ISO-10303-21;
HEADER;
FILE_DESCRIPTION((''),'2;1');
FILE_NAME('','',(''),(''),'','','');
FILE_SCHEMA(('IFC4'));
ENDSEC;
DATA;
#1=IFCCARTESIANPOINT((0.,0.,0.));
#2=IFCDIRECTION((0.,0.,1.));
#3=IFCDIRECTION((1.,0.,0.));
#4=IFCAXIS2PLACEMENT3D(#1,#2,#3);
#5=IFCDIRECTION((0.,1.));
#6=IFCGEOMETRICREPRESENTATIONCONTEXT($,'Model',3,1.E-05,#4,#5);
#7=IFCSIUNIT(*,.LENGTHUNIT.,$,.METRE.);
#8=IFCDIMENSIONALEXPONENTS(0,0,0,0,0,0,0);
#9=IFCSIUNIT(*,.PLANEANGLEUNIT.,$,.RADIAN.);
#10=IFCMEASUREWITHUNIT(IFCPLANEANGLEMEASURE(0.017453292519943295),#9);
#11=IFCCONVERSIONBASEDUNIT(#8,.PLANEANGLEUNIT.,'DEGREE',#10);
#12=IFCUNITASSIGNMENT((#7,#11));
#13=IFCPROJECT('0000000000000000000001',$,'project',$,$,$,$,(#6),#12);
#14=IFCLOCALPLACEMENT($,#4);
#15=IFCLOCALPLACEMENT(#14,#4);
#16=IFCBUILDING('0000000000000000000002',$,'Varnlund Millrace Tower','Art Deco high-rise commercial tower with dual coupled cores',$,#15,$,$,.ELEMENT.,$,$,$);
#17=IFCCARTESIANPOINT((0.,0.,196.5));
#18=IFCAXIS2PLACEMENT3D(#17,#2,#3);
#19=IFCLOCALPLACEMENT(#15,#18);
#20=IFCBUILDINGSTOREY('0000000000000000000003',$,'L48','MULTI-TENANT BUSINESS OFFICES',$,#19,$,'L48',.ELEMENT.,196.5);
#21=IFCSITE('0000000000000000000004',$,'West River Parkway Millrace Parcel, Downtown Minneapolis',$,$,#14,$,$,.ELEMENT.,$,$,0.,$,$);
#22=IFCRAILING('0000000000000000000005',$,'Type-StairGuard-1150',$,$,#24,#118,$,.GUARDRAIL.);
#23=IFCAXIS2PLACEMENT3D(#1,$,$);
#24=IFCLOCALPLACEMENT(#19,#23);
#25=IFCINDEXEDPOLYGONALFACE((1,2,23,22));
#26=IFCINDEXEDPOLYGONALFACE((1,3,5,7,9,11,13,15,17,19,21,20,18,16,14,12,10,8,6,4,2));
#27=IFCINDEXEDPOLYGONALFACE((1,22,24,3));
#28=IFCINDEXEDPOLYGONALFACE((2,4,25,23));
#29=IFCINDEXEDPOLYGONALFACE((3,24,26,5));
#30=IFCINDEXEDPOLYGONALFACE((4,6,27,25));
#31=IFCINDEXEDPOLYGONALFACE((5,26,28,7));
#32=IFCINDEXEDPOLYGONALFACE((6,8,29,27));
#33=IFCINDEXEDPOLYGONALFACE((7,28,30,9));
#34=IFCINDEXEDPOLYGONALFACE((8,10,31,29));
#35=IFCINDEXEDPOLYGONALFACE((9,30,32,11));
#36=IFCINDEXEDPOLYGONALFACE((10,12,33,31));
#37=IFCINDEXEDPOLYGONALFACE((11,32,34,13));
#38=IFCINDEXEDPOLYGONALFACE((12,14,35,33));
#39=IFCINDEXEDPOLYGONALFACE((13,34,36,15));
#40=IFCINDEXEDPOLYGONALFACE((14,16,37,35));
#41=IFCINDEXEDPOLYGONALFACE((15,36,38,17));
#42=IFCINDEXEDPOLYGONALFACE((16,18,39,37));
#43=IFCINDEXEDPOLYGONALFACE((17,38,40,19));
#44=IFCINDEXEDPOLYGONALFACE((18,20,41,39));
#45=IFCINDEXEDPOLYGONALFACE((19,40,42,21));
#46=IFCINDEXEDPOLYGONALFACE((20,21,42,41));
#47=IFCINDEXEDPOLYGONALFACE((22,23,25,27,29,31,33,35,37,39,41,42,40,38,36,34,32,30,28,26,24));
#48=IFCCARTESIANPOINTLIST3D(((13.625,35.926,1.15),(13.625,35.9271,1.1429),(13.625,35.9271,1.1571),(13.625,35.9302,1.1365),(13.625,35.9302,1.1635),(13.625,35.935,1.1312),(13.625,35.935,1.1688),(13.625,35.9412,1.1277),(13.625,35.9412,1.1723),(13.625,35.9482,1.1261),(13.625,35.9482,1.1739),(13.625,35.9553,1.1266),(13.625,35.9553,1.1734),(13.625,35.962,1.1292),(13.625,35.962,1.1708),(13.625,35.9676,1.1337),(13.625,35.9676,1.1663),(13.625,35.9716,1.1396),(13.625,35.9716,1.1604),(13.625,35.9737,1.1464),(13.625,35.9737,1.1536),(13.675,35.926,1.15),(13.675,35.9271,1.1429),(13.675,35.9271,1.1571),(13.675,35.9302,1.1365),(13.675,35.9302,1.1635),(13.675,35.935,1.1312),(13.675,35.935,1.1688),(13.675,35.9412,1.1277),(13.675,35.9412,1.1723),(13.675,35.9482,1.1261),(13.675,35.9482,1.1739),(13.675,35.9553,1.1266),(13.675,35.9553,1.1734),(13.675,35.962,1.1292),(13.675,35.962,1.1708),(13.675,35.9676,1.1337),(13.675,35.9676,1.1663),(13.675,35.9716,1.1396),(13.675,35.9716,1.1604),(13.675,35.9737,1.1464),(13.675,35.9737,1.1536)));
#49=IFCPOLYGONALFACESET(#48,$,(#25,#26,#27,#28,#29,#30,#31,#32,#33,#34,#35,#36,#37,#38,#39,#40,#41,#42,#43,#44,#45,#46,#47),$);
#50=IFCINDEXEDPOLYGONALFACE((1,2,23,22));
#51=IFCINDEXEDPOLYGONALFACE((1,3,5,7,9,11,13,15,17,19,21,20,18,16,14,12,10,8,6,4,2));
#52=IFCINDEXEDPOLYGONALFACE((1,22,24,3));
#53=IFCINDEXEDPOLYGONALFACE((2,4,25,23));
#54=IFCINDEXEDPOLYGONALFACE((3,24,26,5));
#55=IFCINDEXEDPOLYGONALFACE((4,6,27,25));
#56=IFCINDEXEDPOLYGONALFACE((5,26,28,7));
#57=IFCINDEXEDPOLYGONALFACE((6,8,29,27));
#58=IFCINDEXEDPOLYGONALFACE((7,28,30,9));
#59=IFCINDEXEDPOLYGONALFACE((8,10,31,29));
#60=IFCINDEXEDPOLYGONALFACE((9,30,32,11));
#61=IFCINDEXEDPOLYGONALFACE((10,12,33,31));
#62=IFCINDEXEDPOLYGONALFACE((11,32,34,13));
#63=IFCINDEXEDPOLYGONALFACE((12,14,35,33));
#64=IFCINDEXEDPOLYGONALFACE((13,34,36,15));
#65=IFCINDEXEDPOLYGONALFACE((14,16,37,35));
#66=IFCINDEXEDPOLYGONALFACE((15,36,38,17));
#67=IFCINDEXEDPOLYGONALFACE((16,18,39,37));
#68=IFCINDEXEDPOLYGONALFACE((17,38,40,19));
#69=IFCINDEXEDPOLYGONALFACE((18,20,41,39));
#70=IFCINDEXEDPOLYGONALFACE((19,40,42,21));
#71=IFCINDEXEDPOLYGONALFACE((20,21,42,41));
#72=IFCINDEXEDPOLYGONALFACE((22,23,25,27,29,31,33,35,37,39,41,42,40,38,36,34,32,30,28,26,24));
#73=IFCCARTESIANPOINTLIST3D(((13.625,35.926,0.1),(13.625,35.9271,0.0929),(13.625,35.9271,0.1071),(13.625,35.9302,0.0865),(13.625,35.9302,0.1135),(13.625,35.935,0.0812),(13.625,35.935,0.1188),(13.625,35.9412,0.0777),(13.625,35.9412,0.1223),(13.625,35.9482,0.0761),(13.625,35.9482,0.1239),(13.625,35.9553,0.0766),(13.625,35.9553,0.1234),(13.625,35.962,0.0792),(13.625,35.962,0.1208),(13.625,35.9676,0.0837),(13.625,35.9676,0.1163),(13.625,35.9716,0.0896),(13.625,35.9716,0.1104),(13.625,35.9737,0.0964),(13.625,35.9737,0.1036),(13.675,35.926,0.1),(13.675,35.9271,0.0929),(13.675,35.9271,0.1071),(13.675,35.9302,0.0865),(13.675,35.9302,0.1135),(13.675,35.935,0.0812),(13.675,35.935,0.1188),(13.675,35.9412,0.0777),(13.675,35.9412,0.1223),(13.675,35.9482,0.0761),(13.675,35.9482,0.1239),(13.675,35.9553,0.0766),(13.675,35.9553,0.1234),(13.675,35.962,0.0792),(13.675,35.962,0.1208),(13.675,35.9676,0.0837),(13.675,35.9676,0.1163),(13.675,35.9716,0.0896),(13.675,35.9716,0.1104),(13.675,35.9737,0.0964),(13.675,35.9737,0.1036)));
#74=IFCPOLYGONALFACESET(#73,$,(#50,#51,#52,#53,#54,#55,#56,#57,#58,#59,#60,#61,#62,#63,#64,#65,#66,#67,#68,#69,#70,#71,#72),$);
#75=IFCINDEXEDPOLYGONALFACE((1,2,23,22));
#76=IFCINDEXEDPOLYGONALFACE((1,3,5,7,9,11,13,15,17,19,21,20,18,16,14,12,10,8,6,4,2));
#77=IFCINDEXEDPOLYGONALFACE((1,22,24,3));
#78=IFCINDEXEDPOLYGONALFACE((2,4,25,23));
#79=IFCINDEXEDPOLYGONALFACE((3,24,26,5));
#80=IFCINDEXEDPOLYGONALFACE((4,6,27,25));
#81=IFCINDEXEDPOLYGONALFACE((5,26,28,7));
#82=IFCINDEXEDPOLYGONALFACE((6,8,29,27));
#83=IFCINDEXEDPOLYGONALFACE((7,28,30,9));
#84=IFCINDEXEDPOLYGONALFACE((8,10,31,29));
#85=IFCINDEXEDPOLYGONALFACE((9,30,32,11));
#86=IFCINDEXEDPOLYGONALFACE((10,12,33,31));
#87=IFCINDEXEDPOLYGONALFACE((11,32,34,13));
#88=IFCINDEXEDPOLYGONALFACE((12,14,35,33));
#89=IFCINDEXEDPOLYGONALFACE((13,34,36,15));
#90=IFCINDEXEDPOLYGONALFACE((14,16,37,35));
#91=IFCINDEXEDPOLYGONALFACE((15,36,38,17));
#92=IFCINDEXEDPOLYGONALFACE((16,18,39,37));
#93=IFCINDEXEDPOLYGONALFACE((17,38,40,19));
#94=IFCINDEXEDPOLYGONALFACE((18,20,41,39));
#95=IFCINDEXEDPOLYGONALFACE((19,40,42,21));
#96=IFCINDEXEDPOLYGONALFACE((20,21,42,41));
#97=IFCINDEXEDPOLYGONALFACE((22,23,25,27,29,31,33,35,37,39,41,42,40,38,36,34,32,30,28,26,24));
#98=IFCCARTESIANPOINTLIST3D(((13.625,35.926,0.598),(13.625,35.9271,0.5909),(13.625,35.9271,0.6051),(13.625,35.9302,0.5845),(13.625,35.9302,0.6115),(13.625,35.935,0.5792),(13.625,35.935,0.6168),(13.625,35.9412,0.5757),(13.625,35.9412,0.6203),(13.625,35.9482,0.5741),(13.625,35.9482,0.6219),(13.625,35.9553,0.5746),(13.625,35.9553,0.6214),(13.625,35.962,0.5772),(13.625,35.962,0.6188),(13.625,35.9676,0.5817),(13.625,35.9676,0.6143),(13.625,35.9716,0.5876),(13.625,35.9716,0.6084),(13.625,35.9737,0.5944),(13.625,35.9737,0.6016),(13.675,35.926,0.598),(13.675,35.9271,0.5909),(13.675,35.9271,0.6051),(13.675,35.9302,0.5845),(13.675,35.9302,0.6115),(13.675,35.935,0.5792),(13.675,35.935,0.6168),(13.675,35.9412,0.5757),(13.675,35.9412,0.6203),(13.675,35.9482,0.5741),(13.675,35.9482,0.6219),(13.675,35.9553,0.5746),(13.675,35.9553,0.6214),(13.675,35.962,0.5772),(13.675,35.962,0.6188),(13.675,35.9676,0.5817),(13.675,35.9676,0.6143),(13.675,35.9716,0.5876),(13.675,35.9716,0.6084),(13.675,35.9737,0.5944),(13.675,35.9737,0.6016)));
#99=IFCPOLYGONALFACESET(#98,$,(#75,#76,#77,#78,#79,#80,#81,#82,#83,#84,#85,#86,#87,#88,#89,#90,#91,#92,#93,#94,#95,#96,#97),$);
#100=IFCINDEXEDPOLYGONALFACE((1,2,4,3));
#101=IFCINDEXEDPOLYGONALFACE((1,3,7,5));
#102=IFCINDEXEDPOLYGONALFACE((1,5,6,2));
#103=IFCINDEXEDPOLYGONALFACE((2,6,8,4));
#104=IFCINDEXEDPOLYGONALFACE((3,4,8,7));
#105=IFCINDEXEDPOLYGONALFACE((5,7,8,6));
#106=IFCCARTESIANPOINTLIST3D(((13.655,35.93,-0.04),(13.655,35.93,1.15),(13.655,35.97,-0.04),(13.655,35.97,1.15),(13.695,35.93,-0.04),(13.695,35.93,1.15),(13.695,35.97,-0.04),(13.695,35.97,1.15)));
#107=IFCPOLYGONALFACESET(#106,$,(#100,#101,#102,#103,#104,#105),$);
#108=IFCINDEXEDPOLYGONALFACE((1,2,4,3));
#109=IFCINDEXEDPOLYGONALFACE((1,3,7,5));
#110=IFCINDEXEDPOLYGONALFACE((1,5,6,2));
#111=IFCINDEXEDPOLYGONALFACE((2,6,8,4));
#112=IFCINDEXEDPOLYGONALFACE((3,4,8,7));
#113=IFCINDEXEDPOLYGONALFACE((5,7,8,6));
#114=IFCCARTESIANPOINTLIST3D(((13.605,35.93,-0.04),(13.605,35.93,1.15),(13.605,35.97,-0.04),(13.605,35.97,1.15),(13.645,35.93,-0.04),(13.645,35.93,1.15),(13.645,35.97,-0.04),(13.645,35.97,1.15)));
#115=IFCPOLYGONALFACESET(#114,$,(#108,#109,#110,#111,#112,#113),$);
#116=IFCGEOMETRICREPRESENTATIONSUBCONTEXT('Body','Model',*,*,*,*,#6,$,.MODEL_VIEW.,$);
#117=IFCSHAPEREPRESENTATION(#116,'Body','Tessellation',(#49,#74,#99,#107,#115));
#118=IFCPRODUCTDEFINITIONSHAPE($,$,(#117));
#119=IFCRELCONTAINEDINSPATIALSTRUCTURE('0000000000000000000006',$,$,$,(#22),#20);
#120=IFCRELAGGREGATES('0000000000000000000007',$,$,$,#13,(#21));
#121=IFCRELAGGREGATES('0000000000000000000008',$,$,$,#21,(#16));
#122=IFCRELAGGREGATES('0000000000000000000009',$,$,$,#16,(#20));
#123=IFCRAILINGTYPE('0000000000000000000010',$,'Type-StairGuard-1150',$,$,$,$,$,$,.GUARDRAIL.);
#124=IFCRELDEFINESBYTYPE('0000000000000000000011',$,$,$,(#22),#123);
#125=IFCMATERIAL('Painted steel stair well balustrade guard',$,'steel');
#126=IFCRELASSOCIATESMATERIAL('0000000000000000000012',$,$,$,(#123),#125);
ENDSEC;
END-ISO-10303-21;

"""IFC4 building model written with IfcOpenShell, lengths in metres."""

from ifc_helpers import new_model, entity, si_unit, converted_unit, direction, frame, origin_with_axes, origin_2d_with_axis, place, context, subcontext, project, spatial, rectangle, circle, extrude, material, type_object, element, save


model = new_model("IFC4")

# Units and contexts
model_context = context("Model", 3, precision=1e-05, world=origin_with_axes(), true_north=direction((0.0, 1.0)))
body_context = subcontext(model_context, "Body", "Model", "MODEL_VIEW")
ifc_project = project(units=[si_unit("LENGTHUNIT", "METRE"), converted_unit("PLANEANGLEUNIT", "DEGREE", entity("IfcPlaneAngleMeasure", 0.017453292519943295), si_unit("PLANEANGLEUNIT", "RADIAN"), dimensions=[0, 0, 0, 0, 0, 0, 0])], contexts=[model_context])

# Site, building, storey
site_placement = place(None, origin_with_axes())
site = spatial("IfcSite", under=ifc_project, at=site_placement, Name="West River Parkway Millrace Parcel, Downtown Minneapolis", CompositionType="ELEMENT", RefElevation=0.0)
building_placement = place(site_placement, origin_with_axes())
building = spatial("IfcBuilding", under=site, at=building_placement, Name="Varnlund Millrace Tower", Description="Art Deco high-rise commercial tower with dual coupled cores", CompositionType="ELEMENT")
storey_placement = place(building_placement, frame((0.0, 0.0, 196.5), z_axis=(0.0, 0.0, 1.0), x_axis=(1.0, 0.0, 0.0)))
storey = spatial("IfcBuildingStorey", under=building, at=storey_placement, Name="L48", Description="MULTI-TENANT BUSINESS OFFICES", LongName="L48", CompositionType="ELEMENT", Elevation=196.5)

# Railing
ifc_material_1 = material(Name="Painted steel stair well balustrade guard", Category="steel")
railing_type_1 = type_object("IfcRailingType", Name="Type-StairGuard-1150", PredefinedType="GUARDRAIL", material=ifc_material_1)
railing_1_placement = place(storey_placement, frame((0.0, 0.0, -196.5), z_axis=(0.0, 0.0, 1.0), x_axis=(1.0, 0.0, 0.0)))
element("IfcRailing", 1, at=railing_1_placement, inside=storey, type_object=railing_type_1, Name="Type-StairGuard-1150", PredefinedType="GUARDRAIL", context=body_context, shape_type="SweptSolid", body=[
    extrude(circle(Radius=0.024, at=origin_2d_with_axis()), frame((13.675, 35.95, 197.65), z_axis=(-1.0, 0.0, 0.0), x_axis=(0.0, -1.0, 0.0)), (0.0, 0.0, 1.0), 0.05),
    extrude(circle(Radius=0.024, at=origin_2d_with_axis()), frame((13.675, 35.95, 196.6), z_axis=(-1.0, 0.0, 0.0), x_axis=(0.0, -1.0, 0.0)), (0.0, 0.0, 1.0), 0.05),
    extrude(circle(Radius=0.024, at=origin_2d_with_axis()), frame((13.675, 35.95, 197.098), z_axis=(-1.0, 0.0, 0.0), x_axis=(0.0, -1.0, 0.0)), (0.0, 0.0, 1.0), 0.05),
    extrude(rectangle(XDim=0.04, YDim=0.04, at=origin_2d_with_axis()), frame((13.675, 35.95, 196.46), z_axis=(0.0, 0.0, 1.0), x_axis=(1.0, 0.0, 0.0)), (0.0, 0.0, 1.0), 1.19),
    extrude(rectangle(XDim=0.04, YDim=0.04, at=origin_2d_with_axis()), frame((13.625, 35.95, 196.46), z_axis=(0.0, 0.0, 1.0), x_axis=(1.0, 0.0, 0.0)), (0.0, 0.0, 1.0), 1.19),
])

save(model, "model.ifc")
